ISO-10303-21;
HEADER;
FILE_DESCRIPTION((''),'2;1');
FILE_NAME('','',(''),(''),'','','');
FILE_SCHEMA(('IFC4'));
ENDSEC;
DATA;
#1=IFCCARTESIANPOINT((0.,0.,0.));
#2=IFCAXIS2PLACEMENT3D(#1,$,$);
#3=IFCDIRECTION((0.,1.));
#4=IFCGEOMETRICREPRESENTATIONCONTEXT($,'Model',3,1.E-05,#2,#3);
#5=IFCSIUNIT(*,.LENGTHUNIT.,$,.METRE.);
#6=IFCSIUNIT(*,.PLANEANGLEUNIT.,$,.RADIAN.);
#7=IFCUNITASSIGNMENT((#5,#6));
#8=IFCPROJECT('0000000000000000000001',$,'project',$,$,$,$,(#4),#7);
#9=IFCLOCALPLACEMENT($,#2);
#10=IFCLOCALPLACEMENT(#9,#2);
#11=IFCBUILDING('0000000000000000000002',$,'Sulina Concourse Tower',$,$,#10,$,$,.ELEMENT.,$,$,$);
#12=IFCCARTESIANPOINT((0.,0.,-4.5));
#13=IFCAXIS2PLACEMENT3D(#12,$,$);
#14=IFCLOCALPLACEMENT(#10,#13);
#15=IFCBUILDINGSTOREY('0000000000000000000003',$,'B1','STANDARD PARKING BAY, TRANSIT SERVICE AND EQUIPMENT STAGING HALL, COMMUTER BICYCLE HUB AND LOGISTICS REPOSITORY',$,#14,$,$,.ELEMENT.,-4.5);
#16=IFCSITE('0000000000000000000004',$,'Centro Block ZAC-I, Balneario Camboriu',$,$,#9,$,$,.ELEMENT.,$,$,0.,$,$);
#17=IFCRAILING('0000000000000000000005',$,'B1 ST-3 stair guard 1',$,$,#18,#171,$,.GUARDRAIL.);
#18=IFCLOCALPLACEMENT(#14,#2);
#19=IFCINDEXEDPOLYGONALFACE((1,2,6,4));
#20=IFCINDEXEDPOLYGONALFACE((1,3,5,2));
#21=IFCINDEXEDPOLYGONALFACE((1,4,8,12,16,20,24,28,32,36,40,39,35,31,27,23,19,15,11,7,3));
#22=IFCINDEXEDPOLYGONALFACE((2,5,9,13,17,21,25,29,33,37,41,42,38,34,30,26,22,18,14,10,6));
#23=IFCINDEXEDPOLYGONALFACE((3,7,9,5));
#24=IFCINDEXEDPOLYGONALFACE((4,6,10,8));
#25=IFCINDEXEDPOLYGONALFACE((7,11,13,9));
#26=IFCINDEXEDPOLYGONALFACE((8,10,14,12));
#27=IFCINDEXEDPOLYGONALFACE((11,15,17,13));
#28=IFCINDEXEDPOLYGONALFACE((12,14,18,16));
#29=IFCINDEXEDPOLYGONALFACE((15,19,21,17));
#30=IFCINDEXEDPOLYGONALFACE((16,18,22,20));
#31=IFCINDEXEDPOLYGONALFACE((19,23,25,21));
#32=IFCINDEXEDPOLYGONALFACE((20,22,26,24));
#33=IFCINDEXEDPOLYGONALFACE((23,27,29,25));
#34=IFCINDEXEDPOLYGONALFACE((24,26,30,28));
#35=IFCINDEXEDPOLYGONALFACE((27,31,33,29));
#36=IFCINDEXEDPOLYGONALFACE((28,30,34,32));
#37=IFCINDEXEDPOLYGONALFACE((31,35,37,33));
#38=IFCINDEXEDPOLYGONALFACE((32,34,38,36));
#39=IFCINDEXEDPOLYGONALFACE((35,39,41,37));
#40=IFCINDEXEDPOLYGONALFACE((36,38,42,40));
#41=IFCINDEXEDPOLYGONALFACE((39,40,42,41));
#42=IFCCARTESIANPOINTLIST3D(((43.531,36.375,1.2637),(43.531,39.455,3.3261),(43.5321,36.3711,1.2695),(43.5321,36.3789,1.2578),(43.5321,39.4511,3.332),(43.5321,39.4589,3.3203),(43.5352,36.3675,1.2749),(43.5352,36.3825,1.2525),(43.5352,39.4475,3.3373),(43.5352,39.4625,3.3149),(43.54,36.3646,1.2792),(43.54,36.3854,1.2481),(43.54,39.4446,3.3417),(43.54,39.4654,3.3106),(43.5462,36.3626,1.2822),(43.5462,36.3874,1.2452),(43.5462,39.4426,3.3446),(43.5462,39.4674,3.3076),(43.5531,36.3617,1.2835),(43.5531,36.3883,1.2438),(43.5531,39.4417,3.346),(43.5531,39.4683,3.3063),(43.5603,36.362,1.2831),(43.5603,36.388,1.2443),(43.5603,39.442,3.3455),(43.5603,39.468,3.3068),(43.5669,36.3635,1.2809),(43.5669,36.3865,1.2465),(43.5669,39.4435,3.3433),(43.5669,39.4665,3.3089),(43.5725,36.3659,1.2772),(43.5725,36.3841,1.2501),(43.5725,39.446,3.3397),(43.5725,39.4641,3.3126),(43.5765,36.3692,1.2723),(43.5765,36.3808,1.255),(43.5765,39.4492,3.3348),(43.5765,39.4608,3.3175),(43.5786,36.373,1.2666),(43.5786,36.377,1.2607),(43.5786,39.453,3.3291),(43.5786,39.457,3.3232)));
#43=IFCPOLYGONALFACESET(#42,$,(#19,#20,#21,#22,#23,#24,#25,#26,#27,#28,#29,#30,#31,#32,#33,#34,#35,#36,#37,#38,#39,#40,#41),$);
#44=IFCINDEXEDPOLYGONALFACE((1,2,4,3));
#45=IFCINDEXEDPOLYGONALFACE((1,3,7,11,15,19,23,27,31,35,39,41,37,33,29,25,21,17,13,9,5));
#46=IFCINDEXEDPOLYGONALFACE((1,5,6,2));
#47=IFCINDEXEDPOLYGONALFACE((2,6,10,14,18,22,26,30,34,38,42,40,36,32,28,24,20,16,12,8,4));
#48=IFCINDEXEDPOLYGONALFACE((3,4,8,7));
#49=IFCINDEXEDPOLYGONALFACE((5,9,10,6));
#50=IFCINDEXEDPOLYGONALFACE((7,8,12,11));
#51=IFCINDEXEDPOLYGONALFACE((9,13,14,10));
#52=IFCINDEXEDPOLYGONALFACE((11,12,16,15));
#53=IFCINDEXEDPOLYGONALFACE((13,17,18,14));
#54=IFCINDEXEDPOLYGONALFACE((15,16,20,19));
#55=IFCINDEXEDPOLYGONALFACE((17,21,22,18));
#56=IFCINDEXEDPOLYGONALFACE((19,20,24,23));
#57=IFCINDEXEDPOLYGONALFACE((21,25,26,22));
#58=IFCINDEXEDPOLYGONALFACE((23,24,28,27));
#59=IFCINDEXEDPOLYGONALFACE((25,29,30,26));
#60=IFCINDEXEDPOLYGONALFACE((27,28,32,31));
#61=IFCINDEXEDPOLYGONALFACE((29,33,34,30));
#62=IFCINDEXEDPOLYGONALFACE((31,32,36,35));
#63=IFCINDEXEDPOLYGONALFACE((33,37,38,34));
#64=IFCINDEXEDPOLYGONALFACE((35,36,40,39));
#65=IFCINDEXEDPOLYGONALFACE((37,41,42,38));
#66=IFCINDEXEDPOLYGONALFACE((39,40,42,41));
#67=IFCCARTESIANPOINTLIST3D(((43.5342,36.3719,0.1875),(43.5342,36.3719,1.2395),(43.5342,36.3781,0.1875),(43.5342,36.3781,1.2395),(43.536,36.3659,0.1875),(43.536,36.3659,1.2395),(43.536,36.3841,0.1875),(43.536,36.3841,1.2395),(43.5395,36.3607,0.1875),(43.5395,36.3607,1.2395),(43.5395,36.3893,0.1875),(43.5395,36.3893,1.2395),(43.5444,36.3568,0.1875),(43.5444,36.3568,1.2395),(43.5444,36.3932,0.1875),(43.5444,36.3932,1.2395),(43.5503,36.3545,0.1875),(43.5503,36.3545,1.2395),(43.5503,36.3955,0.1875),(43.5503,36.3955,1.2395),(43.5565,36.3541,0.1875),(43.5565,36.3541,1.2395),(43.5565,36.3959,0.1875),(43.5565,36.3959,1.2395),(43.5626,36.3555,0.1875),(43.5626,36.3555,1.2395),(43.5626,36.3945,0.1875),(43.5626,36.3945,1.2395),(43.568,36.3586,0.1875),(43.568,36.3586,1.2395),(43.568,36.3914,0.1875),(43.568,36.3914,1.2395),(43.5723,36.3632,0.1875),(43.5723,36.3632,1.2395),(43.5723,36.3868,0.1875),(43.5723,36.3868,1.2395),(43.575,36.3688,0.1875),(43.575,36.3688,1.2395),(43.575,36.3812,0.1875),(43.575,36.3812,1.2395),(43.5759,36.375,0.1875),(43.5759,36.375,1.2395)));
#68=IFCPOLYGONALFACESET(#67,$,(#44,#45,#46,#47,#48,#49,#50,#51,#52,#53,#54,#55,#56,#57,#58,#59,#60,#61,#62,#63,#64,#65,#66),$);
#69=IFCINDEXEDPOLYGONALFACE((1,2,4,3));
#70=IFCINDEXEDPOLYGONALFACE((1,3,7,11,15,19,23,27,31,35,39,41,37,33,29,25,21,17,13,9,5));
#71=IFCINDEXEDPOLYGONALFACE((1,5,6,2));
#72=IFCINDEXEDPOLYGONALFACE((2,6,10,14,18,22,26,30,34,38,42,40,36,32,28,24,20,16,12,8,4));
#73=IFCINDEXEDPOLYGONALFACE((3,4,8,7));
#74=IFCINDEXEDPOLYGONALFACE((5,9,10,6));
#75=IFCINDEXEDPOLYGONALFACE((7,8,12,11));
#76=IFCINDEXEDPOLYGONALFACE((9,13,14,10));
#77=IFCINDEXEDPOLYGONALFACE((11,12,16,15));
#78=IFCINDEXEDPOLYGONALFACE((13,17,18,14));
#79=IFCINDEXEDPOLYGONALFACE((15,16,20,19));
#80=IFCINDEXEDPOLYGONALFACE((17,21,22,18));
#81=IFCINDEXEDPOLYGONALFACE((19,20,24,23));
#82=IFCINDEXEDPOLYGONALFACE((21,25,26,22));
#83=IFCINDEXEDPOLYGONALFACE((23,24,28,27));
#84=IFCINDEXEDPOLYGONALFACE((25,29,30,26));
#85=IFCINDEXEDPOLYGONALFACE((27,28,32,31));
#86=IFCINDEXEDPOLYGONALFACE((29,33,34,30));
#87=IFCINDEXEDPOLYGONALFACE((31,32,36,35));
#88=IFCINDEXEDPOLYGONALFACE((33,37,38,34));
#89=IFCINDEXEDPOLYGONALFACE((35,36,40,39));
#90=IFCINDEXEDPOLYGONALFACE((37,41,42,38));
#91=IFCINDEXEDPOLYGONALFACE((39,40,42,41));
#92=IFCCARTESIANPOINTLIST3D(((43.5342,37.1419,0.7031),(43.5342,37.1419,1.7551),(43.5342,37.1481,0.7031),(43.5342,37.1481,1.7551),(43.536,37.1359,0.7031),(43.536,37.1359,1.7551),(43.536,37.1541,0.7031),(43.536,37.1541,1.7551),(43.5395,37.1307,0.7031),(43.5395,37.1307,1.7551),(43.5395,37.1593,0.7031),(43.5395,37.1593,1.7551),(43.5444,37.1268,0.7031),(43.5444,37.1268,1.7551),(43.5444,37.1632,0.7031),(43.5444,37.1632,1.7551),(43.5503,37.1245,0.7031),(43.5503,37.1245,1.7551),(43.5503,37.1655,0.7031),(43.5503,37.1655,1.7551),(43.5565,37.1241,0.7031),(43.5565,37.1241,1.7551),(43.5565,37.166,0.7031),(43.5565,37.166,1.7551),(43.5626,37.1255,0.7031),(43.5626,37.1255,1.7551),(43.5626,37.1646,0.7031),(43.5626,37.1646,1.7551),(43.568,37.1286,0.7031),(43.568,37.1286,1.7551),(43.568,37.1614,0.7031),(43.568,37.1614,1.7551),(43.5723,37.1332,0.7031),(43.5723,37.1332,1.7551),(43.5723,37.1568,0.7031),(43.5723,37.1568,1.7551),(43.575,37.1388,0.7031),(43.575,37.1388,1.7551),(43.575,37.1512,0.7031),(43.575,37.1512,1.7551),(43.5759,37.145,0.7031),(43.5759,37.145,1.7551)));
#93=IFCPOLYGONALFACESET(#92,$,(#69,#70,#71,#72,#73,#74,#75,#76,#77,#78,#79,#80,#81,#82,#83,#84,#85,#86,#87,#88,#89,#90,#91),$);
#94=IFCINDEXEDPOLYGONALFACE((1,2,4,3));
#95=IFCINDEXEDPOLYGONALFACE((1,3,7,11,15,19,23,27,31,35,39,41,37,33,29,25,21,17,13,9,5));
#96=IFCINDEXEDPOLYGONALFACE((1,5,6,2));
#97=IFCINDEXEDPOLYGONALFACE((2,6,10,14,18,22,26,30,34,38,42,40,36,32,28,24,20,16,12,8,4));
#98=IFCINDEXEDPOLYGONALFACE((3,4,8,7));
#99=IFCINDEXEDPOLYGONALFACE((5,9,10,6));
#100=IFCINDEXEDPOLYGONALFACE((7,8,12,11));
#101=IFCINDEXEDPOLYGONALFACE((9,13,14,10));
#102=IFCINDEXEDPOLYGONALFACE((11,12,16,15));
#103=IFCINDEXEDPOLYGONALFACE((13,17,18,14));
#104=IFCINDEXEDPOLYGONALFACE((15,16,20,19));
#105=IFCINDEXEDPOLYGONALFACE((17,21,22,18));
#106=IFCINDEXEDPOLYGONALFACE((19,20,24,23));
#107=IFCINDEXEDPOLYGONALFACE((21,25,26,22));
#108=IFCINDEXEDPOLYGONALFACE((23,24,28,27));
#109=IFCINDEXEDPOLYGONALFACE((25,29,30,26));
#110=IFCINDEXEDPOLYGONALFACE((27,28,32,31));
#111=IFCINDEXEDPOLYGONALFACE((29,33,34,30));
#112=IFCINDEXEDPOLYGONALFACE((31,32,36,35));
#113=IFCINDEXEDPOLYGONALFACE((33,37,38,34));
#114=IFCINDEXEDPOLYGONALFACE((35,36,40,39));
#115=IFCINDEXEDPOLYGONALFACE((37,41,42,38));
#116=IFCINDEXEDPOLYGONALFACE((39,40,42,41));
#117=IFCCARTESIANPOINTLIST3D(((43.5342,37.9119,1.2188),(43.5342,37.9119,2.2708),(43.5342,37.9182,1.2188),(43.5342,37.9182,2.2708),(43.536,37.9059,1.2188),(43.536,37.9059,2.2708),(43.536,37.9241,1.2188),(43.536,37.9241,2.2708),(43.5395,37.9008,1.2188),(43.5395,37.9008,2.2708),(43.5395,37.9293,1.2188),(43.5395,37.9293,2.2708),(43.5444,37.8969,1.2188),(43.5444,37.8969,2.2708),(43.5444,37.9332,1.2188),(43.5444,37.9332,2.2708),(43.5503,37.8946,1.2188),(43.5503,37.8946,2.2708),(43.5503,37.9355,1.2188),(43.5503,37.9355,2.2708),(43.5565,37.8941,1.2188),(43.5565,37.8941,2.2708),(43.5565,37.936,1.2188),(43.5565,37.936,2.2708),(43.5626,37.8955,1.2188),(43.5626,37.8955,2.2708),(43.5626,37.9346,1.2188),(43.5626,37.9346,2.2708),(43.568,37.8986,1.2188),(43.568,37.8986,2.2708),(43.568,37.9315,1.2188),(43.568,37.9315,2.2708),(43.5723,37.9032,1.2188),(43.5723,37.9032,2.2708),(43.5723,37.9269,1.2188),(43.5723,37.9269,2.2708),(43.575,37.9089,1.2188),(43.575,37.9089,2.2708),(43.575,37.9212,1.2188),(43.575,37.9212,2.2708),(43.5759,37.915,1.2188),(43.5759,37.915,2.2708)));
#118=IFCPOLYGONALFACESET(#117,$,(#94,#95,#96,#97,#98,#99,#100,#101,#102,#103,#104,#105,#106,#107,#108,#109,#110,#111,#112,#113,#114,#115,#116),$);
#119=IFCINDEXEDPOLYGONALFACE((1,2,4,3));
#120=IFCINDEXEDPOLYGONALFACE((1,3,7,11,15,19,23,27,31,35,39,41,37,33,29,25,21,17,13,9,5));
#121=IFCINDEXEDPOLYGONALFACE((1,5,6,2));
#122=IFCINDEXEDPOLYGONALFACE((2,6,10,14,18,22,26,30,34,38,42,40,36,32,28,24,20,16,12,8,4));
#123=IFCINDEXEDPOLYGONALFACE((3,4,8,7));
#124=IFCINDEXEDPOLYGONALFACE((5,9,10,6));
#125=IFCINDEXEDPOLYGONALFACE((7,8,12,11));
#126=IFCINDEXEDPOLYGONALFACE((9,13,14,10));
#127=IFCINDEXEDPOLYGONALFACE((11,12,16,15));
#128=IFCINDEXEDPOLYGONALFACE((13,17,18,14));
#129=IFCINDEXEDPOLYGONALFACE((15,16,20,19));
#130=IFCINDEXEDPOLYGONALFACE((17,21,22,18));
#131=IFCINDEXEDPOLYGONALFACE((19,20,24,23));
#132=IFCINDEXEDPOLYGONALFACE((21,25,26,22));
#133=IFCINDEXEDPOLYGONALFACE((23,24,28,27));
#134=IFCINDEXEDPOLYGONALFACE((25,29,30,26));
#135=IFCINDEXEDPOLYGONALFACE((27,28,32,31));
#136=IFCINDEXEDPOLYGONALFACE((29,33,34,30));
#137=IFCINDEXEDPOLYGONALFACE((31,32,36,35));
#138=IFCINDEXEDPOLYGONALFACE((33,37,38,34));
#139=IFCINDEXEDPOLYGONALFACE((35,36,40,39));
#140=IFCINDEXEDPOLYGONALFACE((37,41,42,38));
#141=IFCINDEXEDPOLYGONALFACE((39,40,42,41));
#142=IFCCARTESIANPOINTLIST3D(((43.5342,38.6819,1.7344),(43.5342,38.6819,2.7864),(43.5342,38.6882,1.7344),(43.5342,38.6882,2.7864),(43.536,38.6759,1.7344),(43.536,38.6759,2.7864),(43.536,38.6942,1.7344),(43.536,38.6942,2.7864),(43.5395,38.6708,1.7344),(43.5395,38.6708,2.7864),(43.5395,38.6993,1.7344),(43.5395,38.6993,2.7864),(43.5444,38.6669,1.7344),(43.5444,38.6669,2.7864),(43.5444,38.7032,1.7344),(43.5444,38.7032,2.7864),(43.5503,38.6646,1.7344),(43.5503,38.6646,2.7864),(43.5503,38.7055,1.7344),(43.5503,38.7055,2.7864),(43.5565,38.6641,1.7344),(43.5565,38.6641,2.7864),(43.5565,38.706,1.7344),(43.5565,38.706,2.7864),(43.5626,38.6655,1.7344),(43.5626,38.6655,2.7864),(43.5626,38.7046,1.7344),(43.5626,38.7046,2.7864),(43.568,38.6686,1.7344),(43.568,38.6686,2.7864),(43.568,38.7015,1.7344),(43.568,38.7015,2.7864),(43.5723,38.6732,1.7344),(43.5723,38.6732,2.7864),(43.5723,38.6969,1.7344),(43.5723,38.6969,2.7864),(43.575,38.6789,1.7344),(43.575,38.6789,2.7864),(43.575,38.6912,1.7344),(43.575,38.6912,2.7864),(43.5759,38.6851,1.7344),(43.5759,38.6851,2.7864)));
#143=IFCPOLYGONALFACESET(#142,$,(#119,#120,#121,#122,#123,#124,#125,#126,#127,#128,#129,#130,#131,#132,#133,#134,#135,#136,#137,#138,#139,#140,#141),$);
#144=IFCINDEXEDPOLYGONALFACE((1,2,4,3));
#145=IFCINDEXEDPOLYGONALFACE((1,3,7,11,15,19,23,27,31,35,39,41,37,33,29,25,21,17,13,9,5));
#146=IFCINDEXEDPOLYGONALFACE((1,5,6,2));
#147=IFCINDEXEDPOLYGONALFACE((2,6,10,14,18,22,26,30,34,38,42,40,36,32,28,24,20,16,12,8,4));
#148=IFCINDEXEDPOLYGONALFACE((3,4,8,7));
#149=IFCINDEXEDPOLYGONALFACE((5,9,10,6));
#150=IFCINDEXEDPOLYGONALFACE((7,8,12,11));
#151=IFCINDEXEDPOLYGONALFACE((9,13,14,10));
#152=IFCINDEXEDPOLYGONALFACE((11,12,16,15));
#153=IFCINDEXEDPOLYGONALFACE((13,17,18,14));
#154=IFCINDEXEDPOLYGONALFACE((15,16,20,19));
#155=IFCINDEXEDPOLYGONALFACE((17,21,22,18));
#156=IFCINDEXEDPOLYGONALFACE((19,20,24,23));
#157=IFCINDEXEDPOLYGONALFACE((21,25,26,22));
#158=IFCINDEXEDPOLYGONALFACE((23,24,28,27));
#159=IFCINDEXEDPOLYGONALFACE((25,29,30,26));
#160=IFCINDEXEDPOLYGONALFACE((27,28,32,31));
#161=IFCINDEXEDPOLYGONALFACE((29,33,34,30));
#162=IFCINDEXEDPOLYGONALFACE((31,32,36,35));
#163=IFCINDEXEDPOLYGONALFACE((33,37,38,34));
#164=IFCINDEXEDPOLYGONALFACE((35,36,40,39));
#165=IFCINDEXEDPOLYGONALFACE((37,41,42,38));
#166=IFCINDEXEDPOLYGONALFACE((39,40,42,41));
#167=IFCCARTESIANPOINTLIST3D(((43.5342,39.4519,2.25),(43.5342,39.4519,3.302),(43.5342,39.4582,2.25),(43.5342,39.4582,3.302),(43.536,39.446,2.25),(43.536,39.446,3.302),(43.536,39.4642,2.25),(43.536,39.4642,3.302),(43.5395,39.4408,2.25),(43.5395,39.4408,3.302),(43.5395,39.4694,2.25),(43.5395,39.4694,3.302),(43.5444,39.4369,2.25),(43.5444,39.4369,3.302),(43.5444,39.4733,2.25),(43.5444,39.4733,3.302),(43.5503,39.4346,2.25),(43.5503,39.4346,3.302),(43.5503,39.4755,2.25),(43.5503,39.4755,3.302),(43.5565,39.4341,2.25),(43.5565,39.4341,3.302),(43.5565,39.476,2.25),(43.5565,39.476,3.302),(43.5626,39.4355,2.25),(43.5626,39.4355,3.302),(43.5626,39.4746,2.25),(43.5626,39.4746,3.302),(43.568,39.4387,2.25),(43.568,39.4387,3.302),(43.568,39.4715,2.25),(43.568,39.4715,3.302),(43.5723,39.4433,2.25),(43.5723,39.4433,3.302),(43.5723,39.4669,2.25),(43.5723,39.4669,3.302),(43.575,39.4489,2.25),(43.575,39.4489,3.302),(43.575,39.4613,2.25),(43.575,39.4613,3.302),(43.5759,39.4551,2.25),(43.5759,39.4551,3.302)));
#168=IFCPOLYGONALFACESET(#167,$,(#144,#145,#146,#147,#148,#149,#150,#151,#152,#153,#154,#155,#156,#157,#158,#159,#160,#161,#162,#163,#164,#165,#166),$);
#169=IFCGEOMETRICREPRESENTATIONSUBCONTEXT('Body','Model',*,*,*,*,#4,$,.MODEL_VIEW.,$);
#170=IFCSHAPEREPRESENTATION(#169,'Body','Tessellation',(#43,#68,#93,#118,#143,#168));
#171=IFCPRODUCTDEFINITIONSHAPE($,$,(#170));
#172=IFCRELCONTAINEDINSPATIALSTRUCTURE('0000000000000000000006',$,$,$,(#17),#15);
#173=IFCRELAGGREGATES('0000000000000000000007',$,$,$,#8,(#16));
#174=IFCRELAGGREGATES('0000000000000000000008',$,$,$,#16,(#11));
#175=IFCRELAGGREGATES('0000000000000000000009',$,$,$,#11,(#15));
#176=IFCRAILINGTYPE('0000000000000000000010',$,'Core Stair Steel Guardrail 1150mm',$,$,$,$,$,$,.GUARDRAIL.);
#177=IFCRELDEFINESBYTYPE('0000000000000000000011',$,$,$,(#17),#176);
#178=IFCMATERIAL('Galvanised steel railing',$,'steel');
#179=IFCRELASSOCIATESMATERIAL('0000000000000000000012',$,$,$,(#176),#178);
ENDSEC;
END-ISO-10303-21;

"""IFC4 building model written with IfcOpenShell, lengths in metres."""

from ifc_helpers import new_model, si_unit, direction, frame, origin, origin_2d, place, context, subcontext, project, spatial, circle, extrude, material, type_object, element, save


model = new_model("IFC4")

# Units and contexts
model_context = context("Model", 3, precision=1e-05, world=origin(), true_north=direction((0.0, 1.0)))
body_context = subcontext(model_context, "Body", "Model", "MODEL_VIEW")
ifc_project = project(units=[si_unit("LENGTHUNIT", "METRE"), si_unit("PLANEANGLEUNIT", "RADIAN")], contexts=[model_context])

# Site, building, storey
site_placement = place(None, origin())
site = spatial("IfcSite", under=ifc_project, at=site_placement, Name="Centro Block ZAC-I, Balneario Camboriu", CompositionType="ELEMENT", RefElevation=0.0)
building_placement = place(site_placement, origin())
building = spatial("IfcBuilding", under=site, at=building_placement, Name="Sulina Concourse Tower", CompositionType="ELEMENT")
storey_placement = place(building_placement, frame((0.0, 0.0, -4.5)))
storey = spatial("IfcBuildingStorey", under=building, at=storey_placement, Name="B1", Description="STANDARD PARKING BAY, TRANSIT SERVICE AND EQUIPMENT STAGING HALL, COMMUTER BICYCLE HUB AND LOGISTICS REPOSITORY", CompositionType="ELEMENT", Elevation=-4.5)

# Railing
ifc_material_1 = material(Name="Galvanised steel railing", Category="steel")
railing_type_1 = type_object("IfcRailingType", Name="Core Stair Steel Guardrail 1150mm", PredefinedType="GUARDRAIL", material=ifc_material_1)
for number, where, name in (
    (1, (43.5549, 36.375, 0.1875), "B1 ST-3 stair guard 1"),
):
    element("IfcRailing", number, at=place(storey_placement, frame(where)), inside=storey, type_object=railing_type_1, Name=name, PredefinedType="GUARDRAIL", context=body_context, shape_type="SweptSolid", body=[
        extrude(circle(Radius=0.0239, at=origin_2d()), frame((0.0, 0.0, 1.0762), z_axis=(0.0, 0.830914, 0.556401), x_axis=(-1.0, 0.0, 0.0)), (0.0, 0.0, 1.0), 3.7068),
        extrude(circle(Radius=0.021, at=origin_2d()), origin(), (0.0, 0.0, 1.0), 1.052),
        extrude(circle(Radius=0.021, at=origin_2d()), frame((0.0, 0.77, 0.5156)), (0.0, 0.0, 1.0), 1.052),
        extrude(circle(Radius=0.021, at=origin_2d()), frame((0.0, 1.54, 1.0312)), (0.0, 0.0, 1.0), 1.052),
        extrude(circle(Radius=0.021, at=origin_2d()), frame((0.0, 2.3101, 1.5469)), (0.0, 0.0, 1.0), 1.052),
        extrude(circle(Radius=0.021, at=origin_2d()), frame((0.0, 3.0801, 2.0625)), (0.0, 0.0, 1.0), 1.052),
    ])

save(model, "model.ifc")
